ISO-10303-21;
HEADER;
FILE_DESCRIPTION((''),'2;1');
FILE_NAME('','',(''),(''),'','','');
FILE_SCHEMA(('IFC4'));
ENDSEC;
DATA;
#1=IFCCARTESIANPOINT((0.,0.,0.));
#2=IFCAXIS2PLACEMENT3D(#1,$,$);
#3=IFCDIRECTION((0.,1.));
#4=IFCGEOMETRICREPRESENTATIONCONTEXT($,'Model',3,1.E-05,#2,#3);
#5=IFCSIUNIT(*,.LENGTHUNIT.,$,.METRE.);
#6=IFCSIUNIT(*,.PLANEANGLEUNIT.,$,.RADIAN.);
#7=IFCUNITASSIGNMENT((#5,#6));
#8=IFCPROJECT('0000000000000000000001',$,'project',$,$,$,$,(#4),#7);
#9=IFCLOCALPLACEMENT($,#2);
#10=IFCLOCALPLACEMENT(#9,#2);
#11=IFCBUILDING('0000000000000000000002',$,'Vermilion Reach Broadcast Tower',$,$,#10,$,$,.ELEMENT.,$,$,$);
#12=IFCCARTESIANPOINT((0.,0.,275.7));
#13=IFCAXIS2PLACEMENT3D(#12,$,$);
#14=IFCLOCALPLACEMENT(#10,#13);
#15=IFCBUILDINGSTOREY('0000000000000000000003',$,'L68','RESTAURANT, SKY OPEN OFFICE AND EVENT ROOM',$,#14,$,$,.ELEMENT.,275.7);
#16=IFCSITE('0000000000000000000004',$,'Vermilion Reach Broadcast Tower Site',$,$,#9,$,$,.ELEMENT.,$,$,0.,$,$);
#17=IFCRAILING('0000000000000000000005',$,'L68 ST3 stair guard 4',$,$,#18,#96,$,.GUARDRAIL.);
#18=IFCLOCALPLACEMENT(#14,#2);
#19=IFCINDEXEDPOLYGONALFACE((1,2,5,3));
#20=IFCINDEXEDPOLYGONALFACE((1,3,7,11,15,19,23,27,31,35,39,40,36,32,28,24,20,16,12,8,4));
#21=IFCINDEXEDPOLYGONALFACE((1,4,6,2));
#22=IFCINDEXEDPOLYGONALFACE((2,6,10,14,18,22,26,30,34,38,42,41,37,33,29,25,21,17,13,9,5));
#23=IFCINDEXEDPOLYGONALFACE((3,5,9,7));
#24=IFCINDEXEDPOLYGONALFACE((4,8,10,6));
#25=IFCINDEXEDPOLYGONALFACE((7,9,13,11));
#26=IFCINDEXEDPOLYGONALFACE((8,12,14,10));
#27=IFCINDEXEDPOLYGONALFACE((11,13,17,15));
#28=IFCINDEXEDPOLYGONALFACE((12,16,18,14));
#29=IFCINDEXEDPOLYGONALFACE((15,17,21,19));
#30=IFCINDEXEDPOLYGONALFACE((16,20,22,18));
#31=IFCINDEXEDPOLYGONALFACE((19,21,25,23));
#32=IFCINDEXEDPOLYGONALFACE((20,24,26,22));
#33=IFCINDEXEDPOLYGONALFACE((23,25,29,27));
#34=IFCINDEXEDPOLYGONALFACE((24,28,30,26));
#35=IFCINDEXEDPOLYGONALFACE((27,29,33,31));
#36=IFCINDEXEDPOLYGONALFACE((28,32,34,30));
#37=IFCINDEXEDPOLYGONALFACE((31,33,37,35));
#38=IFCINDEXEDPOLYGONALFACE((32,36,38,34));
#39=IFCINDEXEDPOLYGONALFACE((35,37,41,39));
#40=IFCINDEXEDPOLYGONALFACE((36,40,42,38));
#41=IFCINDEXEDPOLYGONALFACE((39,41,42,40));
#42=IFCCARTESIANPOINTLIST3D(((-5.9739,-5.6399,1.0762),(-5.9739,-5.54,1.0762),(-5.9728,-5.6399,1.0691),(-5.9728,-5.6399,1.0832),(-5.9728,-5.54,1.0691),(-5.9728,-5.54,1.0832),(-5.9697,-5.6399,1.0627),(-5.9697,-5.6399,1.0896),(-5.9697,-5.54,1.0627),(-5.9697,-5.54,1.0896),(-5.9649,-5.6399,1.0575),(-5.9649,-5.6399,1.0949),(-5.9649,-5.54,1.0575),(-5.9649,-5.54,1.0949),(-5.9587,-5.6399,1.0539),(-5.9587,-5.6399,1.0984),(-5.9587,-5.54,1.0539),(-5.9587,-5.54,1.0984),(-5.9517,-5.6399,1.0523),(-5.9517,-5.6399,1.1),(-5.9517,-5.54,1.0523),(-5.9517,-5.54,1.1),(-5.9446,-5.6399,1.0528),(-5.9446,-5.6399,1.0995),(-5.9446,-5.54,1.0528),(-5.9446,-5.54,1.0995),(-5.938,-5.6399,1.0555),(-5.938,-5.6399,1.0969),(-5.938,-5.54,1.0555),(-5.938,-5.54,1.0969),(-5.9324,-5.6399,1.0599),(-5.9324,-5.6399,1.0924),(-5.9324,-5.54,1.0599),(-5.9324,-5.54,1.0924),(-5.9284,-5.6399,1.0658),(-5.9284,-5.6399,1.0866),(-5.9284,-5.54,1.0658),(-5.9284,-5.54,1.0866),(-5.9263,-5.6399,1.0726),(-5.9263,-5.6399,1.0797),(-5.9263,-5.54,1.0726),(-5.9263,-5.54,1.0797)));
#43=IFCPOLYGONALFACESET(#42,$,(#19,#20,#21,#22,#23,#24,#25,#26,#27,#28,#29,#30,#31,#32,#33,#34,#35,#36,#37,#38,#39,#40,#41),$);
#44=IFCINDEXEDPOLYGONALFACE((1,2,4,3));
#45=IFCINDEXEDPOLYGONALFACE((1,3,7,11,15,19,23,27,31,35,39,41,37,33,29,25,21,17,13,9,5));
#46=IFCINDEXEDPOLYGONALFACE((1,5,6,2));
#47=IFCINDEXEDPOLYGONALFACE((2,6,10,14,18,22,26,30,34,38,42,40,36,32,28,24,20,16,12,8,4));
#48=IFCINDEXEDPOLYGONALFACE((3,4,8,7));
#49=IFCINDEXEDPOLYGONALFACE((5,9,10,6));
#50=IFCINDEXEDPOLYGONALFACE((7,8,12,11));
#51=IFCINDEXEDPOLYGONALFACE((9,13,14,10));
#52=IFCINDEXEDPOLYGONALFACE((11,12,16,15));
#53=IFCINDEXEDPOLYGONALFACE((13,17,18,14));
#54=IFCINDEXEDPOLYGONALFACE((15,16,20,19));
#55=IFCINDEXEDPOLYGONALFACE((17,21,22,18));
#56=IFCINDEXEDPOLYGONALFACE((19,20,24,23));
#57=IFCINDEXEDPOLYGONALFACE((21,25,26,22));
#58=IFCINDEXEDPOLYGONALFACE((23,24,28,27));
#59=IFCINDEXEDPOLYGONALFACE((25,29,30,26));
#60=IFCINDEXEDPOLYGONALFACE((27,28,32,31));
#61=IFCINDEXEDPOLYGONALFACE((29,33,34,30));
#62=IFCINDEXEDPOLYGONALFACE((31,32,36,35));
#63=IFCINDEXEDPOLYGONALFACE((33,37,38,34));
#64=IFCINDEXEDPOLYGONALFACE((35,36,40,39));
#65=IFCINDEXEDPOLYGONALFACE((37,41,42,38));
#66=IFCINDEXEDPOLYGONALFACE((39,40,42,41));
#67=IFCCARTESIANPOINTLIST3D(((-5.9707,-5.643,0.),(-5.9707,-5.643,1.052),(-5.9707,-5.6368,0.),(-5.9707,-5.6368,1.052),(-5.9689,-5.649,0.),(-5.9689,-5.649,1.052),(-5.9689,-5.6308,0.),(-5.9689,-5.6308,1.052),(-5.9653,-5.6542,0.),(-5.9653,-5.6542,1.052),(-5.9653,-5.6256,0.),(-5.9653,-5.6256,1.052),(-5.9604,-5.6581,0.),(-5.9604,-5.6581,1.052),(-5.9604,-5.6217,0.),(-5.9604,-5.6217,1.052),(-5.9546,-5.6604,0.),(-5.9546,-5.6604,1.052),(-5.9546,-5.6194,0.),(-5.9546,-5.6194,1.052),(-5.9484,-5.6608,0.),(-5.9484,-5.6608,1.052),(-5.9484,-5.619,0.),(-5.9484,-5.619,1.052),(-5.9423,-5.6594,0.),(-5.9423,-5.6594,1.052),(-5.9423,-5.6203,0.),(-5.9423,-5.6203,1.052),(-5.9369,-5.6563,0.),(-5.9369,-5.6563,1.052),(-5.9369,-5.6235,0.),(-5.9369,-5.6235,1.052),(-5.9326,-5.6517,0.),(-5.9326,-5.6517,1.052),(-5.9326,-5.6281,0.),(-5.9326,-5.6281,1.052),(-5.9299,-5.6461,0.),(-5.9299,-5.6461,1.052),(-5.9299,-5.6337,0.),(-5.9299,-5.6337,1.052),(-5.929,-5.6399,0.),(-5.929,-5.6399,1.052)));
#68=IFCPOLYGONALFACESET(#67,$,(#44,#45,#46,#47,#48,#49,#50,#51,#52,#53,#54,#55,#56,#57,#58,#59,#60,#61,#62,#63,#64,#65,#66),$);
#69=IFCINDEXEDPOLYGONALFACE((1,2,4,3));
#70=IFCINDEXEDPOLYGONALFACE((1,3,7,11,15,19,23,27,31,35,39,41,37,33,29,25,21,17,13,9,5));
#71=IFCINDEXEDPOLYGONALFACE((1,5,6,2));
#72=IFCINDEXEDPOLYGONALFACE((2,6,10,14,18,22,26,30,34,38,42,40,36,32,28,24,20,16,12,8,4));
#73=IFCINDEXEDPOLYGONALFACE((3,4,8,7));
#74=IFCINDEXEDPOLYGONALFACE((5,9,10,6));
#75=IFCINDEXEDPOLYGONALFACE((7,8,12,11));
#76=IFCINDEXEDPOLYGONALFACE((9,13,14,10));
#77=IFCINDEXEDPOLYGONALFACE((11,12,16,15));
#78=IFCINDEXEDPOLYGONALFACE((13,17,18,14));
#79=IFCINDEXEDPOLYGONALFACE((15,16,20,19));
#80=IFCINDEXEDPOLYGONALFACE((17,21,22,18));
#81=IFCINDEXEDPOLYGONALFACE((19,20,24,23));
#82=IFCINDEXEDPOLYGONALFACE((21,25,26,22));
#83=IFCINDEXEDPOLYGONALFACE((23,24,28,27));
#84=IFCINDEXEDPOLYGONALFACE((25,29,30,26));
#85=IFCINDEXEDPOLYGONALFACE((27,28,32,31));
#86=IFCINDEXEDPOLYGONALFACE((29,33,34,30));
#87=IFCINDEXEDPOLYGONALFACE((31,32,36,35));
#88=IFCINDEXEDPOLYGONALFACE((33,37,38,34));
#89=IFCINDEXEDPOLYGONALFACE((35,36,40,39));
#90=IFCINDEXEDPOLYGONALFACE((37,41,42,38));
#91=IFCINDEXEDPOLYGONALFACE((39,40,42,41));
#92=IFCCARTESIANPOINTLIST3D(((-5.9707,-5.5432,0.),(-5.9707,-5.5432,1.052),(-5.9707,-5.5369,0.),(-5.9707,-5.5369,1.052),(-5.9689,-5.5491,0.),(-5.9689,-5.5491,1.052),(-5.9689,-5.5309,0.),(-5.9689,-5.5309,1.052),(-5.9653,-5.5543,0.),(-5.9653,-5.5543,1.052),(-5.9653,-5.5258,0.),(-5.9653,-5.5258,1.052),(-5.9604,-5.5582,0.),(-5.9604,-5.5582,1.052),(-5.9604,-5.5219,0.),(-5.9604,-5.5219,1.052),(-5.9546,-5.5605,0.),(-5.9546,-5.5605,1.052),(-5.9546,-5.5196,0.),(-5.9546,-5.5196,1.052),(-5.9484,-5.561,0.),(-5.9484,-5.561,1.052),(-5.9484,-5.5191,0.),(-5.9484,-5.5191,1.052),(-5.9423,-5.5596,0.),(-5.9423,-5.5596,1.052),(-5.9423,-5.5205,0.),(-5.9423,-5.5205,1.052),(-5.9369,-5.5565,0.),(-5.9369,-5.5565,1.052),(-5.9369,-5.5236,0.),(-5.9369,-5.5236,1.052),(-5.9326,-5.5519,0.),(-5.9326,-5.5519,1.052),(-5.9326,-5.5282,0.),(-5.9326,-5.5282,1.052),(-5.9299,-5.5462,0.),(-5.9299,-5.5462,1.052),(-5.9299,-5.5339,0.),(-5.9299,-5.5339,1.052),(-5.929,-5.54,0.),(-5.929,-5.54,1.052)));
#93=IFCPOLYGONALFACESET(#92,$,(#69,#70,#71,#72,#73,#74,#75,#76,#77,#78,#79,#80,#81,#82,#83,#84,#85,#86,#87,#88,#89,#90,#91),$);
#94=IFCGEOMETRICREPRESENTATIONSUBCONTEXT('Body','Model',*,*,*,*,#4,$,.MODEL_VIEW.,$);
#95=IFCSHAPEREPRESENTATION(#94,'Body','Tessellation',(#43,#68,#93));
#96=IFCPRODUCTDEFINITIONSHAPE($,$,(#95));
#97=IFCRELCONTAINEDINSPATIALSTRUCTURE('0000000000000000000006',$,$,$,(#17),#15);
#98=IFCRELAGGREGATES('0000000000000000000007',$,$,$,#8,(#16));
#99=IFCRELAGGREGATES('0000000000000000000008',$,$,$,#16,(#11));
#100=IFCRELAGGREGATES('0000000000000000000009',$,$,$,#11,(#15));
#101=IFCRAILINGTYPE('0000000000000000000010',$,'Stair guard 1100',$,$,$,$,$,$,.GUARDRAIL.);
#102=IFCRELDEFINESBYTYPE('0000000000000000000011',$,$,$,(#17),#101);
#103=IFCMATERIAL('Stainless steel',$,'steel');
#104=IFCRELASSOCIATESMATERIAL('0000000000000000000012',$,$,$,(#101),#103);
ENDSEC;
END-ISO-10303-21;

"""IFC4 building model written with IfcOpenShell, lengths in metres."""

from ifc_helpers import new_model, si_unit, direction, frame, origin, origin_2d, place, context, subcontext, project, spatial, circle, extrude, material, type_object, element, save


model = new_model("IFC4")

# Units and contexts
model_context = context("Model", 3, precision=1e-05, world=origin(), true_north=direction((0.0, 1.0)))
body_context = subcontext(model_context, "Body", "Model", "MODEL_VIEW")
ifc_project = project(units=[si_unit("LENGTHUNIT", "METRE"), si_unit("PLANEANGLEUNIT", "RADIAN")], contexts=[model_context])

# Site, building, storey
site_placement = place(None, origin())
site = spatial("IfcSite", under=ifc_project, at=site_placement, Name="Vermilion Reach Broadcast Tower Site", CompositionType="ELEMENT", RefElevation=0.0)
building_placement = place(site_placement, origin())
building = spatial("IfcBuilding", under=site, at=building_placement, Name="Vermilion Reach Broadcast Tower", CompositionType="ELEMENT")
storey_placement = place(building_placement, frame((0.0, 0.0, 275.7)))
storey = spatial("IfcBuildingStorey", under=building, at=storey_placement, Name="L68", Description="RESTAURANT, SKY OPEN OFFICE AND EVENT ROOM", CompositionType="ELEMENT", Elevation=275.7)

# Railing
ifc_material_1 = material(Name="Stainless steel", Category="steel")
railing_type_1 = type_object("IfcRailingType", Name="Stair guard 1100", PredefinedType="GUARDRAIL", material=ifc_material_1)
railing_1_placement = place(storey_placement, frame((-5.95, -5.6399, 0.0)))
element("IfcRailing", 1, at=railing_1_placement, inside=storey, type_object=railing_type_1, Name="L68 ST3 stair guard 4", PredefinedType="GUARDRAIL", context=body_context, shape_type="SweptSolid", body=[
    extrude(circle(Radius=0.0239, at=origin_2d()), frame((0.0, 0.0, 1.0762), z_axis=(0.0, 1.0, 0.0), x_axis=(-1.0, 0.0, 0.0)), (0.0, 0.0, 1.0), 0.0999),
    extrude(circle(Radius=0.021, at=origin_2d()), origin(), (0.0, 0.0, 1.0), 1.052),
    extrude(circle(Radius=0.021, at=origin_2d()), frame((0.0, 0.0999, 0.0)), (0.0, 0.0, 1.0), 1.052),
])

save(model, "model.ifc")
